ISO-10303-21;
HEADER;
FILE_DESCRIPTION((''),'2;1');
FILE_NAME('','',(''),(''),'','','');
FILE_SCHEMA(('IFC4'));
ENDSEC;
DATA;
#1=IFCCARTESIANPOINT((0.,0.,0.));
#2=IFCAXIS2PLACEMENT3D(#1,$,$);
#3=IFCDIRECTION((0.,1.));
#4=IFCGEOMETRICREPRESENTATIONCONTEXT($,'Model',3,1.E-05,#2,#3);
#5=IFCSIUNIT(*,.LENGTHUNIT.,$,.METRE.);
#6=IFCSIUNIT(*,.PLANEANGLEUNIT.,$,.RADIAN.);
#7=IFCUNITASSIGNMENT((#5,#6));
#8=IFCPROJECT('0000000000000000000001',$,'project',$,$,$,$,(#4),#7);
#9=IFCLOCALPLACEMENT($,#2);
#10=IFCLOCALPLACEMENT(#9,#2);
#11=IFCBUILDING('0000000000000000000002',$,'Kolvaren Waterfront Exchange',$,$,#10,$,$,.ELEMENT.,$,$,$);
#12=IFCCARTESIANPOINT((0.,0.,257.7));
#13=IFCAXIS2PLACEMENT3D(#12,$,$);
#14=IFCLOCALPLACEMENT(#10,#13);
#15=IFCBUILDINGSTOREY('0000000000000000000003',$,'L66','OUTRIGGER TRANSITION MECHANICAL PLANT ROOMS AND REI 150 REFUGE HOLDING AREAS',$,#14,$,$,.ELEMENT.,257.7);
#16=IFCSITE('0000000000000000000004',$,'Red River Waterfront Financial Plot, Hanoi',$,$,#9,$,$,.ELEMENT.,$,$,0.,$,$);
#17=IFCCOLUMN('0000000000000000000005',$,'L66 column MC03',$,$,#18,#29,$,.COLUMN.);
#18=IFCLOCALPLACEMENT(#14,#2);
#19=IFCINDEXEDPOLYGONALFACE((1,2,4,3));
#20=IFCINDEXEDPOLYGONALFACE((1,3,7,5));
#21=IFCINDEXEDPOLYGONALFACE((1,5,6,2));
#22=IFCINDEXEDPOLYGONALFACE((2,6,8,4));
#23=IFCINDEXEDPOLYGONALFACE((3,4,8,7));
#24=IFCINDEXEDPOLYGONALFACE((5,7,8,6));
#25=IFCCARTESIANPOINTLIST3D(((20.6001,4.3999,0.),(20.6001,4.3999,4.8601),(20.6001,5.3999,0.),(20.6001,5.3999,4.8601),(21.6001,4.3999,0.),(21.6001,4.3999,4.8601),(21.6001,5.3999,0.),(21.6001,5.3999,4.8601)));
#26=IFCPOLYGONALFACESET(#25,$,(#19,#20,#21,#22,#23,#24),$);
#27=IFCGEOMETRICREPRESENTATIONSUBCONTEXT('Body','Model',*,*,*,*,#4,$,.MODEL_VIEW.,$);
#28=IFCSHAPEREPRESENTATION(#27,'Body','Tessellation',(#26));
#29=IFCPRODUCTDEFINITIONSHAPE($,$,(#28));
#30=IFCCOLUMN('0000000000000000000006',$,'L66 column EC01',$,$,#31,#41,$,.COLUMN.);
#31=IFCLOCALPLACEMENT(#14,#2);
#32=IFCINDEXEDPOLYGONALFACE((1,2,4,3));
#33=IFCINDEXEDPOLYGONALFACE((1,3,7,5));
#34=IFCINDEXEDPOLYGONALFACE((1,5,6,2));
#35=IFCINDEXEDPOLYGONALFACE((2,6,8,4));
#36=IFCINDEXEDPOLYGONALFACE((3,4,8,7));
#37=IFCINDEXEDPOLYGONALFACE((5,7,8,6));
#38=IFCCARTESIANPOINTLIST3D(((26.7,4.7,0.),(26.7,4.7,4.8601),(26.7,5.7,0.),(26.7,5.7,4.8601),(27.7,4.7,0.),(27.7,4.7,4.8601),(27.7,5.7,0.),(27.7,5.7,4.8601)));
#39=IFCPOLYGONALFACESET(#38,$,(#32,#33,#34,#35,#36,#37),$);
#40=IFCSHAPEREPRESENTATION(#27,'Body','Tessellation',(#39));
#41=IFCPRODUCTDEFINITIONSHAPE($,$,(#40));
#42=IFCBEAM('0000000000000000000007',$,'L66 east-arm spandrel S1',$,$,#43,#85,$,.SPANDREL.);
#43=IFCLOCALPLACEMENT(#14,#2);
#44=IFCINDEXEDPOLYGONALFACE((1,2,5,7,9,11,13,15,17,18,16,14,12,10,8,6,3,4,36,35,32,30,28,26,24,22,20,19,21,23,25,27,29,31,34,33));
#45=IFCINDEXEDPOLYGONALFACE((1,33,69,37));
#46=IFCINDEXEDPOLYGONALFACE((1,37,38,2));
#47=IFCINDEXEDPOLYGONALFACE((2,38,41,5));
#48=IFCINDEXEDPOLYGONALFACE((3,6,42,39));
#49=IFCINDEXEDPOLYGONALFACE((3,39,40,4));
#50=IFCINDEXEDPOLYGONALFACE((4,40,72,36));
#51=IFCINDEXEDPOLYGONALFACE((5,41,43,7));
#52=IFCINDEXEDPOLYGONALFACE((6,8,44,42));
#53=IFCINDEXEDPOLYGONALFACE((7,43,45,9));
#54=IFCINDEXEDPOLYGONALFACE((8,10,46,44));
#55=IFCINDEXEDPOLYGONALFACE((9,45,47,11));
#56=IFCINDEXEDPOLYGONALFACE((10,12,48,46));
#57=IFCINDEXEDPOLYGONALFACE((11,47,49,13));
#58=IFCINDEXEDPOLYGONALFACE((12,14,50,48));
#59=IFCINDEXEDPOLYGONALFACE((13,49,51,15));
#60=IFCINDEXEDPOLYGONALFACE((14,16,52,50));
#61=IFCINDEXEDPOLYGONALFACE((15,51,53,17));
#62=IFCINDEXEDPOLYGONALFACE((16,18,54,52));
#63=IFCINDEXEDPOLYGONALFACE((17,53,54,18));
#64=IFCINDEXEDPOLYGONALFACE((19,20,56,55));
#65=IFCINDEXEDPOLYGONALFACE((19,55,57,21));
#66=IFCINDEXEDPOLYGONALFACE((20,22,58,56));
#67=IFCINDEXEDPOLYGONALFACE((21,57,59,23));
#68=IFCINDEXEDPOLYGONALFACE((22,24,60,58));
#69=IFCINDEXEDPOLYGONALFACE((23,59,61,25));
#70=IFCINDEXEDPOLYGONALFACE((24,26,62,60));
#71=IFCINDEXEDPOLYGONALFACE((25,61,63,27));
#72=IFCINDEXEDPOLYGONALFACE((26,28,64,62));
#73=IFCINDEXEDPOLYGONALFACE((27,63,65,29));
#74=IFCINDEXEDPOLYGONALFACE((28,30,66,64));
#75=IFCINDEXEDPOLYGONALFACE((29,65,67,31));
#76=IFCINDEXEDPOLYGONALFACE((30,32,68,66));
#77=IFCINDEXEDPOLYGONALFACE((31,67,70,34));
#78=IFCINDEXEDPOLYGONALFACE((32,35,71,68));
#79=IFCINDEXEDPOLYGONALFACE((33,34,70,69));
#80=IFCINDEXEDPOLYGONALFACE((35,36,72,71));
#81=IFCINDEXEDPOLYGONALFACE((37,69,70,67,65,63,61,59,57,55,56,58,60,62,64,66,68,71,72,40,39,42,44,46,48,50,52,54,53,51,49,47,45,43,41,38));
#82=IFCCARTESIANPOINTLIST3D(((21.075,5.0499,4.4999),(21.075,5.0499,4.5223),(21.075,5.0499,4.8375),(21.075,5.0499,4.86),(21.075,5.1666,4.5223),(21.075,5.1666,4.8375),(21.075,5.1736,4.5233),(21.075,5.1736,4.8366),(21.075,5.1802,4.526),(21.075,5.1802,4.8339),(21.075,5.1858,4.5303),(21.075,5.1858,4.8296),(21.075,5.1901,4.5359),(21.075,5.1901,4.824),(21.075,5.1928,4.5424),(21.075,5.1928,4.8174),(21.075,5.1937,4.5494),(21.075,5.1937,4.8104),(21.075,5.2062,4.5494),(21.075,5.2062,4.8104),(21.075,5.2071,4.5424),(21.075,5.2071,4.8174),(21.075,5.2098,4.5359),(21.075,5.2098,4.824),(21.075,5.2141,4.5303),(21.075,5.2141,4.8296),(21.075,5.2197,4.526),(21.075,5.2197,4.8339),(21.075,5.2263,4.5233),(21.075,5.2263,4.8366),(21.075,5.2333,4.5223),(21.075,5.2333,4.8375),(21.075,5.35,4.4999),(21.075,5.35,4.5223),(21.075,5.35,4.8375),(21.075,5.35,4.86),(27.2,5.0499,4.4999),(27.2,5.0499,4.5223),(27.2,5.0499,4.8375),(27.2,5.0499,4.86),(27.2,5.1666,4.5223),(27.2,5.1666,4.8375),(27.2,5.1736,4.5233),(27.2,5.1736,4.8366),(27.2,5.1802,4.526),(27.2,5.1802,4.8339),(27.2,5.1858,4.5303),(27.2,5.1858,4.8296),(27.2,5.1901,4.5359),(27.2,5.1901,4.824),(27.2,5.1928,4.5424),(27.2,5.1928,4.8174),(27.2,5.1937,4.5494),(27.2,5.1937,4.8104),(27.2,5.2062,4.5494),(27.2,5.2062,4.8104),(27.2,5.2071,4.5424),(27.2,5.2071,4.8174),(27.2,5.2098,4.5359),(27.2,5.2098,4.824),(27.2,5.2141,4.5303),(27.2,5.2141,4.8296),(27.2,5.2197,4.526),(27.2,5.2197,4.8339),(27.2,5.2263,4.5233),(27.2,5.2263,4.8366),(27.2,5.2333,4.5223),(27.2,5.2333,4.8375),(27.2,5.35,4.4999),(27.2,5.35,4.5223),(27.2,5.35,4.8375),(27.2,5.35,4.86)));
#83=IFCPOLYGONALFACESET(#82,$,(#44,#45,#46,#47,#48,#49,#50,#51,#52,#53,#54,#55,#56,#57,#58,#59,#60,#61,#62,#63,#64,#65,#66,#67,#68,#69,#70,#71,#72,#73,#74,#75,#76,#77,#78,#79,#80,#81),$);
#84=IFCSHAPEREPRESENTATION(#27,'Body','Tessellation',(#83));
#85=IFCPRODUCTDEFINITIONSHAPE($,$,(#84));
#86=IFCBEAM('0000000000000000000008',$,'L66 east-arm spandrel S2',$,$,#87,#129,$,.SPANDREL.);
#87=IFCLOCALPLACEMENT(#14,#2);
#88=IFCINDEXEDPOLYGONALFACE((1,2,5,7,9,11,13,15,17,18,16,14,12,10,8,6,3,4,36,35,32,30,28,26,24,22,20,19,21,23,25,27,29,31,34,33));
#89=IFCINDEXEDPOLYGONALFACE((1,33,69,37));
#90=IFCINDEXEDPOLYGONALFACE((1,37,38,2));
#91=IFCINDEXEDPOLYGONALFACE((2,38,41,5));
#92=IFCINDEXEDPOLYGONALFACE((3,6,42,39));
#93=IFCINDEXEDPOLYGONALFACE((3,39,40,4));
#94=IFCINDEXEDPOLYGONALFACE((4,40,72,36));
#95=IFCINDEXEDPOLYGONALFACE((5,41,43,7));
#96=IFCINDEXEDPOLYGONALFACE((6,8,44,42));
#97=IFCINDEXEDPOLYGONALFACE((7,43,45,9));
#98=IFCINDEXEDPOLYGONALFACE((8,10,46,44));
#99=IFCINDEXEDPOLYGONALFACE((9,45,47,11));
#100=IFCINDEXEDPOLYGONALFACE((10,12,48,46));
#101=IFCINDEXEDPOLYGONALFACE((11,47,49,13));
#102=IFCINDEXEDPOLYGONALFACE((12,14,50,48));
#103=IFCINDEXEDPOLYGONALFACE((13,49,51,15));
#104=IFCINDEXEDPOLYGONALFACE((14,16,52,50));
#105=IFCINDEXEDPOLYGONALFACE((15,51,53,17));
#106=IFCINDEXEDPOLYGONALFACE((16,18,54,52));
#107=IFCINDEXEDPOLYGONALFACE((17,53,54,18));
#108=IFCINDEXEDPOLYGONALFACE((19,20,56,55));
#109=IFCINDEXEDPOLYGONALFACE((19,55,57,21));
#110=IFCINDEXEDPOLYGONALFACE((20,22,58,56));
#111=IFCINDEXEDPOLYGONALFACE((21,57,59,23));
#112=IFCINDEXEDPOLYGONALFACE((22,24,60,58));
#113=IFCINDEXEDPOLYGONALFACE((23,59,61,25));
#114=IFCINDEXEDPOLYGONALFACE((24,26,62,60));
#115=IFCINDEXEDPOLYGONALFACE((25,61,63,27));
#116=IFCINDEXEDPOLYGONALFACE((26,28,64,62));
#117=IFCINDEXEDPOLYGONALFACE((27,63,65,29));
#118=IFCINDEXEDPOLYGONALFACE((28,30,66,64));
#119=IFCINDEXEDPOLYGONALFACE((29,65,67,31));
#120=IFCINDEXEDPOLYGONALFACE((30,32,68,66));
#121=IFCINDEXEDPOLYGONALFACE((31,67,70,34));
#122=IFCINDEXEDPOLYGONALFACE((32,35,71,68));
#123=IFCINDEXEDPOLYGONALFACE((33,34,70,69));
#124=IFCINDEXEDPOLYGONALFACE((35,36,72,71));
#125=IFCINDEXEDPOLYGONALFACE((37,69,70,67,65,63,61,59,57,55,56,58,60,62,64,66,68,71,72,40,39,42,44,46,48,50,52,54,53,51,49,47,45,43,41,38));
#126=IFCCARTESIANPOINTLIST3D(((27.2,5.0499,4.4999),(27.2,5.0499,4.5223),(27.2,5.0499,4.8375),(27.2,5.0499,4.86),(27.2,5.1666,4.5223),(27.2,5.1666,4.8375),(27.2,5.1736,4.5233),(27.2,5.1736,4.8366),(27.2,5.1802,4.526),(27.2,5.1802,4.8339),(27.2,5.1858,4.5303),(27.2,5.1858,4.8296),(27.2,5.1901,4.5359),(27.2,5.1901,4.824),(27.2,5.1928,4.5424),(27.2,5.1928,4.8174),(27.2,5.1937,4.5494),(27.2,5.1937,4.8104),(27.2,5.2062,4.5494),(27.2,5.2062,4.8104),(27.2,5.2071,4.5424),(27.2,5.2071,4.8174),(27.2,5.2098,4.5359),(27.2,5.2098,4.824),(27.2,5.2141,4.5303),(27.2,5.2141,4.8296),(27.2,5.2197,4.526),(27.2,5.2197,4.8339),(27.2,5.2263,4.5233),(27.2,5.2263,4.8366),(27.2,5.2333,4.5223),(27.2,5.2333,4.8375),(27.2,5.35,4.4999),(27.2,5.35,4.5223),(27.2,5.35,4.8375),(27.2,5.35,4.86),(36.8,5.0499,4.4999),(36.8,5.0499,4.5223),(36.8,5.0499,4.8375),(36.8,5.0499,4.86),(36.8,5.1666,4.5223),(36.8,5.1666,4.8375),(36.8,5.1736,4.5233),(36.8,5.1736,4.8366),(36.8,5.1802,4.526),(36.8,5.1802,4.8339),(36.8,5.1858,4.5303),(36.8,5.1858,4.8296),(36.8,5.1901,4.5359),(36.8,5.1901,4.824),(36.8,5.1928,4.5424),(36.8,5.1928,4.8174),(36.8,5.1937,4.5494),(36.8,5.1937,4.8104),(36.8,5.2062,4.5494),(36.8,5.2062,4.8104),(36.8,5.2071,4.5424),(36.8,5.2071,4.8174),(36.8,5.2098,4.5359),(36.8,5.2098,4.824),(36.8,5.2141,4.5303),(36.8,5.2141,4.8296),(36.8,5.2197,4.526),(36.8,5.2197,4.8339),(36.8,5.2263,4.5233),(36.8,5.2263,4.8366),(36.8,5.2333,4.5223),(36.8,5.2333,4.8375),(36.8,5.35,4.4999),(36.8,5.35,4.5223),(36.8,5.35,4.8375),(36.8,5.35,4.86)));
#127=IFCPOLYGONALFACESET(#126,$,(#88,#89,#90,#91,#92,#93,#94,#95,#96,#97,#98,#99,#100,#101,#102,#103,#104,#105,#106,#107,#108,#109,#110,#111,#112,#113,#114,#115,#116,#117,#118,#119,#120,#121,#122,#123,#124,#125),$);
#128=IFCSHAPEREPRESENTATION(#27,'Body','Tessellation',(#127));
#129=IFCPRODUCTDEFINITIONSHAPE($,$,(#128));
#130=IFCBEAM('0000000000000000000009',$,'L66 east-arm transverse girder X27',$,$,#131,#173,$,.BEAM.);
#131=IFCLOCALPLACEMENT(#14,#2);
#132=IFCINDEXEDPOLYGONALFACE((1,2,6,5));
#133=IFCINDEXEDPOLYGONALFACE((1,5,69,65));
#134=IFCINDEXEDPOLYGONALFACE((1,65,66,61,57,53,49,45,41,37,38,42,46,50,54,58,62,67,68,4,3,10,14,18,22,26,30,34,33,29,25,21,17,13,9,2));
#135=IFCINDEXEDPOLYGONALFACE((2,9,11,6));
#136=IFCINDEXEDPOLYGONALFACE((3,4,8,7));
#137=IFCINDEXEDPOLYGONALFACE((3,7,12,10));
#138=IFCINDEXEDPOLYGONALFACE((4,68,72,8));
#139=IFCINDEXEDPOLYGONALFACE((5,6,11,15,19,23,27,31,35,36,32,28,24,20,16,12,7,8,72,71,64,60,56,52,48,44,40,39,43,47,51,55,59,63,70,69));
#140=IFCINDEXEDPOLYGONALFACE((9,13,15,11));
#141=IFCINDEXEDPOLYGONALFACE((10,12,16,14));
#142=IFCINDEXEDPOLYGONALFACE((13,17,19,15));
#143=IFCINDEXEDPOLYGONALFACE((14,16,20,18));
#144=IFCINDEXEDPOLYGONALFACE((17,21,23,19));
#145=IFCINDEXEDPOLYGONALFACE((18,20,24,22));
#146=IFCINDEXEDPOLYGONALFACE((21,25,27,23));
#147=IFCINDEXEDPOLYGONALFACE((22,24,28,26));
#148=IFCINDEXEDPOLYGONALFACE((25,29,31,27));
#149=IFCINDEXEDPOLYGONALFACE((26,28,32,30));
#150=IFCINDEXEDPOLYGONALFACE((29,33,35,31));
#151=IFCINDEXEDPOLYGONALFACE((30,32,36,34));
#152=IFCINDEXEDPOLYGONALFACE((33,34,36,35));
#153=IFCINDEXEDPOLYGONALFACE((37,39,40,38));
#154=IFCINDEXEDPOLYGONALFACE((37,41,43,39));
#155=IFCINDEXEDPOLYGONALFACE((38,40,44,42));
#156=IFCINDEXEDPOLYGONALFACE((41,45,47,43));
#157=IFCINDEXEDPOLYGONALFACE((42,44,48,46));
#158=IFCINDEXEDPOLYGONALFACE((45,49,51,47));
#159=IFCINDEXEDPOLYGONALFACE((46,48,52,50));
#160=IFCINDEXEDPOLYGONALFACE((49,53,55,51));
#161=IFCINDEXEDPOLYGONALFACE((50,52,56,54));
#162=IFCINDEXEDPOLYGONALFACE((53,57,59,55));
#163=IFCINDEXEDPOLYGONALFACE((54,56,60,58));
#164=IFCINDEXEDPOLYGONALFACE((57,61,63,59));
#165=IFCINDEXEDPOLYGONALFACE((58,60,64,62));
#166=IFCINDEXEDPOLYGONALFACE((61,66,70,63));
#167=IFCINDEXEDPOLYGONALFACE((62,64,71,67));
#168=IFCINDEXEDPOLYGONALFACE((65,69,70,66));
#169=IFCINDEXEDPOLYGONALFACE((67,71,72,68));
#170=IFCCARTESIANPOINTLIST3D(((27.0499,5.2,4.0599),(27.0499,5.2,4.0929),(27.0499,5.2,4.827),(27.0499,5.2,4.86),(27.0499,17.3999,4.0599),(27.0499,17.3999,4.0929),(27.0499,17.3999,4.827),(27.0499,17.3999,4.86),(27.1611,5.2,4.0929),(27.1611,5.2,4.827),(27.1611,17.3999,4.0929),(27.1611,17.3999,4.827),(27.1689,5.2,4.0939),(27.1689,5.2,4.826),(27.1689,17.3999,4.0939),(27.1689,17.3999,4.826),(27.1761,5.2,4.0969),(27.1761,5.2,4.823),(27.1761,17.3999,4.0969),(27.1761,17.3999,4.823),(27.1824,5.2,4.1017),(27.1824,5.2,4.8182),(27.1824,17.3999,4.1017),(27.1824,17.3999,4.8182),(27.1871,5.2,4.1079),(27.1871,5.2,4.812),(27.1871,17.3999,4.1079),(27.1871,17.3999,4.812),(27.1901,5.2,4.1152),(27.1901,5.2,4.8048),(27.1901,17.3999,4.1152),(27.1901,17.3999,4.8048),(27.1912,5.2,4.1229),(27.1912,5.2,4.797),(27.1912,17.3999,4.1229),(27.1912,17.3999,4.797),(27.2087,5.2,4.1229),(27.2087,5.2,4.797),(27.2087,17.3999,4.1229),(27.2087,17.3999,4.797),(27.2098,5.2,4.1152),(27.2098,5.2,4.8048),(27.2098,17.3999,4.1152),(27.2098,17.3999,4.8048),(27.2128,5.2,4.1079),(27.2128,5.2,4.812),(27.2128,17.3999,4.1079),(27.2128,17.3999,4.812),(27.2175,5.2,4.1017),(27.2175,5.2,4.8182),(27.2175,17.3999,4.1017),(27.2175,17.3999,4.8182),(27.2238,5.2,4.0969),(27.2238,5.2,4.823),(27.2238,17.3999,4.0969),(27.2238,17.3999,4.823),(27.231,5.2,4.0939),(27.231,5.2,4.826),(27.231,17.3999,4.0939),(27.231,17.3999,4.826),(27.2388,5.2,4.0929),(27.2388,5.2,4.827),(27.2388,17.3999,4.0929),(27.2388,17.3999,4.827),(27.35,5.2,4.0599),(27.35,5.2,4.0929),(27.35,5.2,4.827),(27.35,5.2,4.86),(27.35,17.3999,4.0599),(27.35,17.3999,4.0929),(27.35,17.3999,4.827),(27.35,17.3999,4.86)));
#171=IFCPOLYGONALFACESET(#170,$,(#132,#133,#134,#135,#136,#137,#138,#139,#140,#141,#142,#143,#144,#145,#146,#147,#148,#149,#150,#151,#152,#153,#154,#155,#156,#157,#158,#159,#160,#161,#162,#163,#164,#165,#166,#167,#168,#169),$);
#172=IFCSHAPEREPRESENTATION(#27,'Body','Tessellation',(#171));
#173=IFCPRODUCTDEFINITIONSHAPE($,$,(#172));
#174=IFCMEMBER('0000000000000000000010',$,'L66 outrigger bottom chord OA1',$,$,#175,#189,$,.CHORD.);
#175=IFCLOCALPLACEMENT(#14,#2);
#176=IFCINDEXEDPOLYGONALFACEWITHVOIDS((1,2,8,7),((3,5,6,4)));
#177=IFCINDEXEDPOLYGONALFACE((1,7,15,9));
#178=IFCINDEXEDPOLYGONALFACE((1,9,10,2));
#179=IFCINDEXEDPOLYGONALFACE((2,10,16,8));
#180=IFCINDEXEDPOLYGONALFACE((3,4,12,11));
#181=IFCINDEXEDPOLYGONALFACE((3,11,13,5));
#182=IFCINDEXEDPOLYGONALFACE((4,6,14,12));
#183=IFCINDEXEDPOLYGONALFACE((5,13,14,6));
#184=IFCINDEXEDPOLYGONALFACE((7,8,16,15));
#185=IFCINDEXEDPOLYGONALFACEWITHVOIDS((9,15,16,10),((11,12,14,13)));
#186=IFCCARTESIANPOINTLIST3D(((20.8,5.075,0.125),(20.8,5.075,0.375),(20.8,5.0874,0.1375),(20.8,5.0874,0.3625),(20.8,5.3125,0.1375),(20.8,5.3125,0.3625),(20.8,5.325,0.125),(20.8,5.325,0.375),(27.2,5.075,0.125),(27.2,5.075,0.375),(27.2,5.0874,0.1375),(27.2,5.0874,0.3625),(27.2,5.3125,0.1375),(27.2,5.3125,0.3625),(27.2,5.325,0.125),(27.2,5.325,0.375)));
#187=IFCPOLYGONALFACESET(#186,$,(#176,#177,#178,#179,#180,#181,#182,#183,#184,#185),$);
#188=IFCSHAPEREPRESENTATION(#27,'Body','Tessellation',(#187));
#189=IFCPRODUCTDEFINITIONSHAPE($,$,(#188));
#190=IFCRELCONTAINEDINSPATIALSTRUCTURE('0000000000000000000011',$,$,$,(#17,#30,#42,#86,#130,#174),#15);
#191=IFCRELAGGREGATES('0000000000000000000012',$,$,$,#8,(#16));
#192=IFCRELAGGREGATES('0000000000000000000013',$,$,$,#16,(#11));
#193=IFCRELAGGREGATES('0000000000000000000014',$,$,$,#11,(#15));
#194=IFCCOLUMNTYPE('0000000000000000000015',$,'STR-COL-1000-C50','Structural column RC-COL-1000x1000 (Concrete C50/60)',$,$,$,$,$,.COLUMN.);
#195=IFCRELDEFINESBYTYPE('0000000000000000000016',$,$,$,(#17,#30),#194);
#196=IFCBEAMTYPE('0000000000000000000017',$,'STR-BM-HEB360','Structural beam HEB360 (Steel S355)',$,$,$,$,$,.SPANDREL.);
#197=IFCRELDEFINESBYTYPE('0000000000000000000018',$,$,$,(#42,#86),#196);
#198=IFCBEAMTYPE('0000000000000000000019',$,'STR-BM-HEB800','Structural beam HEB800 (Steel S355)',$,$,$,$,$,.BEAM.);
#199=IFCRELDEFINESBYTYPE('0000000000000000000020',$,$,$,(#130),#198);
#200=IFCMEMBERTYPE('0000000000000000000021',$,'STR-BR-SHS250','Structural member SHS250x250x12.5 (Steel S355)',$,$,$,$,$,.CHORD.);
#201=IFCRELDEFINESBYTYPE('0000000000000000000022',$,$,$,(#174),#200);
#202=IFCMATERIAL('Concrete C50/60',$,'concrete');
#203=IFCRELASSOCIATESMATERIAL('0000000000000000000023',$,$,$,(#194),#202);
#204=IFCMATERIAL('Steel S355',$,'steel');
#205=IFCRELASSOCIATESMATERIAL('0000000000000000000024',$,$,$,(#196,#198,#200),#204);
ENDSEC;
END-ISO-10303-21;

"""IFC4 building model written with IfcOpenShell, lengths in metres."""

from ifc_helpers import new_model, si_unit, direction, frame, origin, origin_2d, place, context, subcontext, project, spatial, rectangle, hollow_rectangle, i_section, extrude, material, material_profile, profile_set, type_object, element, save


model = new_model("IFC4")

# Units and contexts
model_context = context("Model", 3, precision=1e-05, world=origin(), true_north=direction((0.0, 1.0)))
body_context = subcontext(model_context, "Body", "Model", "MODEL_VIEW")
ifc_project = project(units=[si_unit("LENGTHUNIT", "METRE"), si_unit("PLANEANGLEUNIT", "RADIAN")], contexts=[model_context])

# Site, building, storey
site_placement = place(None, origin())
site = spatial("IfcSite", under=ifc_project, at=site_placement, Name="Red River Waterfront Financial Plot, Hanoi", CompositionType="ELEMENT", RefElevation=0.0)
building_placement = place(site_placement, origin())
building = spatial("IfcBuilding", under=site, at=building_placement, Name="Kolvaren Waterfront Exchange", CompositionType="ELEMENT")
storey_placement = place(building_placement, frame((0.0, 0.0, 257.7)))
storey = spatial("IfcBuildingStorey", under=building, at=storey_placement, Name="L66", Description="OUTRIGGER TRANSITION MECHANICAL PLANT ROOMS AND REI 150 REFUGE HOLDING AREAS", CompositionType="ELEMENT", Elevation=257.7)

# Columns
ifc_material_1 = material(Name="Concrete C50/60", Category="concrete")
ifc_material_profile_1 = material_profile(ifc_material_1, rectangle(XDim=1.0, YDim=1.0, at=origin_2d()), Name="RC-COL-1000x1000")
ifc_profile_set_1 = profile_set([ifc_material_profile_1], Name="Concrete C50/60")
column_type = type_object("IfcColumnType", Name="STR-COL-1000-C50", Description="Structural column RC-COL-1000x1000 (Concrete C50/60)", PredefinedType="COLUMN", material=ifc_profile_set_1)
for number, where, z_axis, x_axis, name in (
    (1, (21.1001, 4.8999, 0.0), (0.0, 0.0, 1.0), (1.0, 0.0, 0.0), "L66 column MC03"),
    (2, (27.2, 5.2, 0.0), (0.0, 0.0, 1.0), (1.0, 0.0, 0.0), "L66 column EC01"),
):
    element("IfcColumn", number, at=place(storey_placement, frame(where, z_axis=z_axis, x_axis=x_axis)), inside=storey, type_object=column_type, Name=name, PredefinedType="COLUMN", context=body_context, shape_type="SweptSolid", body=[
        extrude(rectangle(XDim=1.0, YDim=1.0, at=origin_2d()), origin(), (0.0, 0.0, 1.0), 4.8601),
    ])

# Beams
ifc_material_2 = material(Name="Steel S355", Category="steel")
ifc_material_profile_2 = material_profile(ifc_material_2, i_section(OverallWidth=0.3, OverallDepth=0.3601, WebThickness=0.0125, FlangeThickness=0.0225, FilletRadius=0.0271, at=origin_2d()), Name="HEB360")
ifc_profile_set_2 = profile_set([ifc_material_profile_2], Name="Steel S355")
beam_type_1 = type_object("IfcBeamType", Name="STR-BM-HEB360", Description="Structural beam HEB360 (Steel S355)", PredefinedType="SPANDREL", material=ifc_profile_set_2)
beam_1_placement = place(storey_placement, frame((21.075, 5.2, 4.6799), z_axis=(1.0, 0.0, 0.0), x_axis=(0.0, 1.0, 0.0)))
element("IfcBeam", 3, at=beam_1_placement, inside=storey, type_object=beam_type_1, Name="L66 east-arm spandrel S1", PredefinedType="SPANDREL", context=body_context, shape_type="SweptSolid", body=[
    extrude(i_section(OverallWidth=0.3, OverallDepth=0.3601, WebThickness=0.0125, FlangeThickness=0.0225, FilletRadius=0.0271, at=origin_2d()), origin(), (0.0, 0.0, 1.0), 6.125),
])
beam_2_placement = place(storey_placement, frame((27.2, 5.2, 4.6799), z_axis=(1.0, 0.0, 0.0), x_axis=(0.0, 1.0, 0.0)))
element("IfcBeam", 4, at=beam_2_placement, inside=storey, type_object=beam_type_1, Name="L66 east-arm spandrel S2", PredefinedType="SPANDREL", context=body_context, shape_type="SweptSolid", body=[
    extrude(i_section(OverallWidth=0.3, OverallDepth=0.3601, WebThickness=0.0125, FlangeThickness=0.0225, FilletRadius=0.0271, at=origin_2d()), origin(), (0.0, 0.0, 1.0), 9.6001),
])
ifc_material_profile_3 = material_profile(ifc_material_2, i_section(OverallWidth=0.3, OverallDepth=0.8, WebThickness=0.0176, FlangeThickness=0.033, FilletRadius=0.03, at=origin_2d()), Name="HEB800")
ifc_profile_set_3 = profile_set([ifc_material_profile_3], Name="Steel S355")
beam_type_2 = type_object("IfcBeamType", Name="STR-BM-HEB800", Description="Structural beam HEB800 (Steel S355)", PredefinedType="BEAM", material=ifc_profile_set_3)
beam_3_placement = place(storey_placement, frame((27.2, 5.2, 4.46), z_axis=(0.0, 1.0, 0.0), x_axis=(-1.0, 0.0, 0.0)))
element("IfcBeam", 5, at=beam_3_placement, inside=storey, type_object=beam_type_2, Name="L66 east-arm transverse girder X27", PredefinedType="BEAM", context=body_context, shape_type="SweptSolid", body=[
    extrude(i_section(OverallWidth=0.3, OverallDepth=0.8, WebThickness=0.0176, FlangeThickness=0.033, FilletRadius=0.03, at=origin_2d()), origin(), (0.0, 0.0, 1.0), 12.2),
])

# Member
ifc_material_profile_4 = material_profile(ifc_material_2, hollow_rectangle(XDim=0.25, YDim=0.25, WallThickness=0.0125, at=origin_2d()), Name="SHS250x250x12.5")
ifc_profile_set_4 = profile_set([ifc_material_profile_4], Name="Steel S355")
member_type_1 = type_object("IfcMemberType", Name="STR-BR-SHS250", Description="Structural member SHS250x250x12.5 (Steel S355)", PredefinedType="CHORD", material=ifc_profile_set_4)
member_1_placement = place(storey_placement, frame((20.8, 5.2, 0.25), z_axis=(1.0, 0.0, 0.0), x_axis=(0.0, 1.0, 0.0)))
element("IfcMember", 6, at=member_1_placement, inside=storey, type_object=member_type_1, Name="L66 outrigger bottom chord OA1", PredefinedType="CHORD", context=body_context, shape_type="SweptSolid", body=[
    extrude(hollow_rectangle(XDim=0.25, YDim=0.25, WallThickness=0.0125, at=origin_2d()), origin(), (0.0, 0.0, 1.0), 6.3999),
])

save(model, "model.ifc")
